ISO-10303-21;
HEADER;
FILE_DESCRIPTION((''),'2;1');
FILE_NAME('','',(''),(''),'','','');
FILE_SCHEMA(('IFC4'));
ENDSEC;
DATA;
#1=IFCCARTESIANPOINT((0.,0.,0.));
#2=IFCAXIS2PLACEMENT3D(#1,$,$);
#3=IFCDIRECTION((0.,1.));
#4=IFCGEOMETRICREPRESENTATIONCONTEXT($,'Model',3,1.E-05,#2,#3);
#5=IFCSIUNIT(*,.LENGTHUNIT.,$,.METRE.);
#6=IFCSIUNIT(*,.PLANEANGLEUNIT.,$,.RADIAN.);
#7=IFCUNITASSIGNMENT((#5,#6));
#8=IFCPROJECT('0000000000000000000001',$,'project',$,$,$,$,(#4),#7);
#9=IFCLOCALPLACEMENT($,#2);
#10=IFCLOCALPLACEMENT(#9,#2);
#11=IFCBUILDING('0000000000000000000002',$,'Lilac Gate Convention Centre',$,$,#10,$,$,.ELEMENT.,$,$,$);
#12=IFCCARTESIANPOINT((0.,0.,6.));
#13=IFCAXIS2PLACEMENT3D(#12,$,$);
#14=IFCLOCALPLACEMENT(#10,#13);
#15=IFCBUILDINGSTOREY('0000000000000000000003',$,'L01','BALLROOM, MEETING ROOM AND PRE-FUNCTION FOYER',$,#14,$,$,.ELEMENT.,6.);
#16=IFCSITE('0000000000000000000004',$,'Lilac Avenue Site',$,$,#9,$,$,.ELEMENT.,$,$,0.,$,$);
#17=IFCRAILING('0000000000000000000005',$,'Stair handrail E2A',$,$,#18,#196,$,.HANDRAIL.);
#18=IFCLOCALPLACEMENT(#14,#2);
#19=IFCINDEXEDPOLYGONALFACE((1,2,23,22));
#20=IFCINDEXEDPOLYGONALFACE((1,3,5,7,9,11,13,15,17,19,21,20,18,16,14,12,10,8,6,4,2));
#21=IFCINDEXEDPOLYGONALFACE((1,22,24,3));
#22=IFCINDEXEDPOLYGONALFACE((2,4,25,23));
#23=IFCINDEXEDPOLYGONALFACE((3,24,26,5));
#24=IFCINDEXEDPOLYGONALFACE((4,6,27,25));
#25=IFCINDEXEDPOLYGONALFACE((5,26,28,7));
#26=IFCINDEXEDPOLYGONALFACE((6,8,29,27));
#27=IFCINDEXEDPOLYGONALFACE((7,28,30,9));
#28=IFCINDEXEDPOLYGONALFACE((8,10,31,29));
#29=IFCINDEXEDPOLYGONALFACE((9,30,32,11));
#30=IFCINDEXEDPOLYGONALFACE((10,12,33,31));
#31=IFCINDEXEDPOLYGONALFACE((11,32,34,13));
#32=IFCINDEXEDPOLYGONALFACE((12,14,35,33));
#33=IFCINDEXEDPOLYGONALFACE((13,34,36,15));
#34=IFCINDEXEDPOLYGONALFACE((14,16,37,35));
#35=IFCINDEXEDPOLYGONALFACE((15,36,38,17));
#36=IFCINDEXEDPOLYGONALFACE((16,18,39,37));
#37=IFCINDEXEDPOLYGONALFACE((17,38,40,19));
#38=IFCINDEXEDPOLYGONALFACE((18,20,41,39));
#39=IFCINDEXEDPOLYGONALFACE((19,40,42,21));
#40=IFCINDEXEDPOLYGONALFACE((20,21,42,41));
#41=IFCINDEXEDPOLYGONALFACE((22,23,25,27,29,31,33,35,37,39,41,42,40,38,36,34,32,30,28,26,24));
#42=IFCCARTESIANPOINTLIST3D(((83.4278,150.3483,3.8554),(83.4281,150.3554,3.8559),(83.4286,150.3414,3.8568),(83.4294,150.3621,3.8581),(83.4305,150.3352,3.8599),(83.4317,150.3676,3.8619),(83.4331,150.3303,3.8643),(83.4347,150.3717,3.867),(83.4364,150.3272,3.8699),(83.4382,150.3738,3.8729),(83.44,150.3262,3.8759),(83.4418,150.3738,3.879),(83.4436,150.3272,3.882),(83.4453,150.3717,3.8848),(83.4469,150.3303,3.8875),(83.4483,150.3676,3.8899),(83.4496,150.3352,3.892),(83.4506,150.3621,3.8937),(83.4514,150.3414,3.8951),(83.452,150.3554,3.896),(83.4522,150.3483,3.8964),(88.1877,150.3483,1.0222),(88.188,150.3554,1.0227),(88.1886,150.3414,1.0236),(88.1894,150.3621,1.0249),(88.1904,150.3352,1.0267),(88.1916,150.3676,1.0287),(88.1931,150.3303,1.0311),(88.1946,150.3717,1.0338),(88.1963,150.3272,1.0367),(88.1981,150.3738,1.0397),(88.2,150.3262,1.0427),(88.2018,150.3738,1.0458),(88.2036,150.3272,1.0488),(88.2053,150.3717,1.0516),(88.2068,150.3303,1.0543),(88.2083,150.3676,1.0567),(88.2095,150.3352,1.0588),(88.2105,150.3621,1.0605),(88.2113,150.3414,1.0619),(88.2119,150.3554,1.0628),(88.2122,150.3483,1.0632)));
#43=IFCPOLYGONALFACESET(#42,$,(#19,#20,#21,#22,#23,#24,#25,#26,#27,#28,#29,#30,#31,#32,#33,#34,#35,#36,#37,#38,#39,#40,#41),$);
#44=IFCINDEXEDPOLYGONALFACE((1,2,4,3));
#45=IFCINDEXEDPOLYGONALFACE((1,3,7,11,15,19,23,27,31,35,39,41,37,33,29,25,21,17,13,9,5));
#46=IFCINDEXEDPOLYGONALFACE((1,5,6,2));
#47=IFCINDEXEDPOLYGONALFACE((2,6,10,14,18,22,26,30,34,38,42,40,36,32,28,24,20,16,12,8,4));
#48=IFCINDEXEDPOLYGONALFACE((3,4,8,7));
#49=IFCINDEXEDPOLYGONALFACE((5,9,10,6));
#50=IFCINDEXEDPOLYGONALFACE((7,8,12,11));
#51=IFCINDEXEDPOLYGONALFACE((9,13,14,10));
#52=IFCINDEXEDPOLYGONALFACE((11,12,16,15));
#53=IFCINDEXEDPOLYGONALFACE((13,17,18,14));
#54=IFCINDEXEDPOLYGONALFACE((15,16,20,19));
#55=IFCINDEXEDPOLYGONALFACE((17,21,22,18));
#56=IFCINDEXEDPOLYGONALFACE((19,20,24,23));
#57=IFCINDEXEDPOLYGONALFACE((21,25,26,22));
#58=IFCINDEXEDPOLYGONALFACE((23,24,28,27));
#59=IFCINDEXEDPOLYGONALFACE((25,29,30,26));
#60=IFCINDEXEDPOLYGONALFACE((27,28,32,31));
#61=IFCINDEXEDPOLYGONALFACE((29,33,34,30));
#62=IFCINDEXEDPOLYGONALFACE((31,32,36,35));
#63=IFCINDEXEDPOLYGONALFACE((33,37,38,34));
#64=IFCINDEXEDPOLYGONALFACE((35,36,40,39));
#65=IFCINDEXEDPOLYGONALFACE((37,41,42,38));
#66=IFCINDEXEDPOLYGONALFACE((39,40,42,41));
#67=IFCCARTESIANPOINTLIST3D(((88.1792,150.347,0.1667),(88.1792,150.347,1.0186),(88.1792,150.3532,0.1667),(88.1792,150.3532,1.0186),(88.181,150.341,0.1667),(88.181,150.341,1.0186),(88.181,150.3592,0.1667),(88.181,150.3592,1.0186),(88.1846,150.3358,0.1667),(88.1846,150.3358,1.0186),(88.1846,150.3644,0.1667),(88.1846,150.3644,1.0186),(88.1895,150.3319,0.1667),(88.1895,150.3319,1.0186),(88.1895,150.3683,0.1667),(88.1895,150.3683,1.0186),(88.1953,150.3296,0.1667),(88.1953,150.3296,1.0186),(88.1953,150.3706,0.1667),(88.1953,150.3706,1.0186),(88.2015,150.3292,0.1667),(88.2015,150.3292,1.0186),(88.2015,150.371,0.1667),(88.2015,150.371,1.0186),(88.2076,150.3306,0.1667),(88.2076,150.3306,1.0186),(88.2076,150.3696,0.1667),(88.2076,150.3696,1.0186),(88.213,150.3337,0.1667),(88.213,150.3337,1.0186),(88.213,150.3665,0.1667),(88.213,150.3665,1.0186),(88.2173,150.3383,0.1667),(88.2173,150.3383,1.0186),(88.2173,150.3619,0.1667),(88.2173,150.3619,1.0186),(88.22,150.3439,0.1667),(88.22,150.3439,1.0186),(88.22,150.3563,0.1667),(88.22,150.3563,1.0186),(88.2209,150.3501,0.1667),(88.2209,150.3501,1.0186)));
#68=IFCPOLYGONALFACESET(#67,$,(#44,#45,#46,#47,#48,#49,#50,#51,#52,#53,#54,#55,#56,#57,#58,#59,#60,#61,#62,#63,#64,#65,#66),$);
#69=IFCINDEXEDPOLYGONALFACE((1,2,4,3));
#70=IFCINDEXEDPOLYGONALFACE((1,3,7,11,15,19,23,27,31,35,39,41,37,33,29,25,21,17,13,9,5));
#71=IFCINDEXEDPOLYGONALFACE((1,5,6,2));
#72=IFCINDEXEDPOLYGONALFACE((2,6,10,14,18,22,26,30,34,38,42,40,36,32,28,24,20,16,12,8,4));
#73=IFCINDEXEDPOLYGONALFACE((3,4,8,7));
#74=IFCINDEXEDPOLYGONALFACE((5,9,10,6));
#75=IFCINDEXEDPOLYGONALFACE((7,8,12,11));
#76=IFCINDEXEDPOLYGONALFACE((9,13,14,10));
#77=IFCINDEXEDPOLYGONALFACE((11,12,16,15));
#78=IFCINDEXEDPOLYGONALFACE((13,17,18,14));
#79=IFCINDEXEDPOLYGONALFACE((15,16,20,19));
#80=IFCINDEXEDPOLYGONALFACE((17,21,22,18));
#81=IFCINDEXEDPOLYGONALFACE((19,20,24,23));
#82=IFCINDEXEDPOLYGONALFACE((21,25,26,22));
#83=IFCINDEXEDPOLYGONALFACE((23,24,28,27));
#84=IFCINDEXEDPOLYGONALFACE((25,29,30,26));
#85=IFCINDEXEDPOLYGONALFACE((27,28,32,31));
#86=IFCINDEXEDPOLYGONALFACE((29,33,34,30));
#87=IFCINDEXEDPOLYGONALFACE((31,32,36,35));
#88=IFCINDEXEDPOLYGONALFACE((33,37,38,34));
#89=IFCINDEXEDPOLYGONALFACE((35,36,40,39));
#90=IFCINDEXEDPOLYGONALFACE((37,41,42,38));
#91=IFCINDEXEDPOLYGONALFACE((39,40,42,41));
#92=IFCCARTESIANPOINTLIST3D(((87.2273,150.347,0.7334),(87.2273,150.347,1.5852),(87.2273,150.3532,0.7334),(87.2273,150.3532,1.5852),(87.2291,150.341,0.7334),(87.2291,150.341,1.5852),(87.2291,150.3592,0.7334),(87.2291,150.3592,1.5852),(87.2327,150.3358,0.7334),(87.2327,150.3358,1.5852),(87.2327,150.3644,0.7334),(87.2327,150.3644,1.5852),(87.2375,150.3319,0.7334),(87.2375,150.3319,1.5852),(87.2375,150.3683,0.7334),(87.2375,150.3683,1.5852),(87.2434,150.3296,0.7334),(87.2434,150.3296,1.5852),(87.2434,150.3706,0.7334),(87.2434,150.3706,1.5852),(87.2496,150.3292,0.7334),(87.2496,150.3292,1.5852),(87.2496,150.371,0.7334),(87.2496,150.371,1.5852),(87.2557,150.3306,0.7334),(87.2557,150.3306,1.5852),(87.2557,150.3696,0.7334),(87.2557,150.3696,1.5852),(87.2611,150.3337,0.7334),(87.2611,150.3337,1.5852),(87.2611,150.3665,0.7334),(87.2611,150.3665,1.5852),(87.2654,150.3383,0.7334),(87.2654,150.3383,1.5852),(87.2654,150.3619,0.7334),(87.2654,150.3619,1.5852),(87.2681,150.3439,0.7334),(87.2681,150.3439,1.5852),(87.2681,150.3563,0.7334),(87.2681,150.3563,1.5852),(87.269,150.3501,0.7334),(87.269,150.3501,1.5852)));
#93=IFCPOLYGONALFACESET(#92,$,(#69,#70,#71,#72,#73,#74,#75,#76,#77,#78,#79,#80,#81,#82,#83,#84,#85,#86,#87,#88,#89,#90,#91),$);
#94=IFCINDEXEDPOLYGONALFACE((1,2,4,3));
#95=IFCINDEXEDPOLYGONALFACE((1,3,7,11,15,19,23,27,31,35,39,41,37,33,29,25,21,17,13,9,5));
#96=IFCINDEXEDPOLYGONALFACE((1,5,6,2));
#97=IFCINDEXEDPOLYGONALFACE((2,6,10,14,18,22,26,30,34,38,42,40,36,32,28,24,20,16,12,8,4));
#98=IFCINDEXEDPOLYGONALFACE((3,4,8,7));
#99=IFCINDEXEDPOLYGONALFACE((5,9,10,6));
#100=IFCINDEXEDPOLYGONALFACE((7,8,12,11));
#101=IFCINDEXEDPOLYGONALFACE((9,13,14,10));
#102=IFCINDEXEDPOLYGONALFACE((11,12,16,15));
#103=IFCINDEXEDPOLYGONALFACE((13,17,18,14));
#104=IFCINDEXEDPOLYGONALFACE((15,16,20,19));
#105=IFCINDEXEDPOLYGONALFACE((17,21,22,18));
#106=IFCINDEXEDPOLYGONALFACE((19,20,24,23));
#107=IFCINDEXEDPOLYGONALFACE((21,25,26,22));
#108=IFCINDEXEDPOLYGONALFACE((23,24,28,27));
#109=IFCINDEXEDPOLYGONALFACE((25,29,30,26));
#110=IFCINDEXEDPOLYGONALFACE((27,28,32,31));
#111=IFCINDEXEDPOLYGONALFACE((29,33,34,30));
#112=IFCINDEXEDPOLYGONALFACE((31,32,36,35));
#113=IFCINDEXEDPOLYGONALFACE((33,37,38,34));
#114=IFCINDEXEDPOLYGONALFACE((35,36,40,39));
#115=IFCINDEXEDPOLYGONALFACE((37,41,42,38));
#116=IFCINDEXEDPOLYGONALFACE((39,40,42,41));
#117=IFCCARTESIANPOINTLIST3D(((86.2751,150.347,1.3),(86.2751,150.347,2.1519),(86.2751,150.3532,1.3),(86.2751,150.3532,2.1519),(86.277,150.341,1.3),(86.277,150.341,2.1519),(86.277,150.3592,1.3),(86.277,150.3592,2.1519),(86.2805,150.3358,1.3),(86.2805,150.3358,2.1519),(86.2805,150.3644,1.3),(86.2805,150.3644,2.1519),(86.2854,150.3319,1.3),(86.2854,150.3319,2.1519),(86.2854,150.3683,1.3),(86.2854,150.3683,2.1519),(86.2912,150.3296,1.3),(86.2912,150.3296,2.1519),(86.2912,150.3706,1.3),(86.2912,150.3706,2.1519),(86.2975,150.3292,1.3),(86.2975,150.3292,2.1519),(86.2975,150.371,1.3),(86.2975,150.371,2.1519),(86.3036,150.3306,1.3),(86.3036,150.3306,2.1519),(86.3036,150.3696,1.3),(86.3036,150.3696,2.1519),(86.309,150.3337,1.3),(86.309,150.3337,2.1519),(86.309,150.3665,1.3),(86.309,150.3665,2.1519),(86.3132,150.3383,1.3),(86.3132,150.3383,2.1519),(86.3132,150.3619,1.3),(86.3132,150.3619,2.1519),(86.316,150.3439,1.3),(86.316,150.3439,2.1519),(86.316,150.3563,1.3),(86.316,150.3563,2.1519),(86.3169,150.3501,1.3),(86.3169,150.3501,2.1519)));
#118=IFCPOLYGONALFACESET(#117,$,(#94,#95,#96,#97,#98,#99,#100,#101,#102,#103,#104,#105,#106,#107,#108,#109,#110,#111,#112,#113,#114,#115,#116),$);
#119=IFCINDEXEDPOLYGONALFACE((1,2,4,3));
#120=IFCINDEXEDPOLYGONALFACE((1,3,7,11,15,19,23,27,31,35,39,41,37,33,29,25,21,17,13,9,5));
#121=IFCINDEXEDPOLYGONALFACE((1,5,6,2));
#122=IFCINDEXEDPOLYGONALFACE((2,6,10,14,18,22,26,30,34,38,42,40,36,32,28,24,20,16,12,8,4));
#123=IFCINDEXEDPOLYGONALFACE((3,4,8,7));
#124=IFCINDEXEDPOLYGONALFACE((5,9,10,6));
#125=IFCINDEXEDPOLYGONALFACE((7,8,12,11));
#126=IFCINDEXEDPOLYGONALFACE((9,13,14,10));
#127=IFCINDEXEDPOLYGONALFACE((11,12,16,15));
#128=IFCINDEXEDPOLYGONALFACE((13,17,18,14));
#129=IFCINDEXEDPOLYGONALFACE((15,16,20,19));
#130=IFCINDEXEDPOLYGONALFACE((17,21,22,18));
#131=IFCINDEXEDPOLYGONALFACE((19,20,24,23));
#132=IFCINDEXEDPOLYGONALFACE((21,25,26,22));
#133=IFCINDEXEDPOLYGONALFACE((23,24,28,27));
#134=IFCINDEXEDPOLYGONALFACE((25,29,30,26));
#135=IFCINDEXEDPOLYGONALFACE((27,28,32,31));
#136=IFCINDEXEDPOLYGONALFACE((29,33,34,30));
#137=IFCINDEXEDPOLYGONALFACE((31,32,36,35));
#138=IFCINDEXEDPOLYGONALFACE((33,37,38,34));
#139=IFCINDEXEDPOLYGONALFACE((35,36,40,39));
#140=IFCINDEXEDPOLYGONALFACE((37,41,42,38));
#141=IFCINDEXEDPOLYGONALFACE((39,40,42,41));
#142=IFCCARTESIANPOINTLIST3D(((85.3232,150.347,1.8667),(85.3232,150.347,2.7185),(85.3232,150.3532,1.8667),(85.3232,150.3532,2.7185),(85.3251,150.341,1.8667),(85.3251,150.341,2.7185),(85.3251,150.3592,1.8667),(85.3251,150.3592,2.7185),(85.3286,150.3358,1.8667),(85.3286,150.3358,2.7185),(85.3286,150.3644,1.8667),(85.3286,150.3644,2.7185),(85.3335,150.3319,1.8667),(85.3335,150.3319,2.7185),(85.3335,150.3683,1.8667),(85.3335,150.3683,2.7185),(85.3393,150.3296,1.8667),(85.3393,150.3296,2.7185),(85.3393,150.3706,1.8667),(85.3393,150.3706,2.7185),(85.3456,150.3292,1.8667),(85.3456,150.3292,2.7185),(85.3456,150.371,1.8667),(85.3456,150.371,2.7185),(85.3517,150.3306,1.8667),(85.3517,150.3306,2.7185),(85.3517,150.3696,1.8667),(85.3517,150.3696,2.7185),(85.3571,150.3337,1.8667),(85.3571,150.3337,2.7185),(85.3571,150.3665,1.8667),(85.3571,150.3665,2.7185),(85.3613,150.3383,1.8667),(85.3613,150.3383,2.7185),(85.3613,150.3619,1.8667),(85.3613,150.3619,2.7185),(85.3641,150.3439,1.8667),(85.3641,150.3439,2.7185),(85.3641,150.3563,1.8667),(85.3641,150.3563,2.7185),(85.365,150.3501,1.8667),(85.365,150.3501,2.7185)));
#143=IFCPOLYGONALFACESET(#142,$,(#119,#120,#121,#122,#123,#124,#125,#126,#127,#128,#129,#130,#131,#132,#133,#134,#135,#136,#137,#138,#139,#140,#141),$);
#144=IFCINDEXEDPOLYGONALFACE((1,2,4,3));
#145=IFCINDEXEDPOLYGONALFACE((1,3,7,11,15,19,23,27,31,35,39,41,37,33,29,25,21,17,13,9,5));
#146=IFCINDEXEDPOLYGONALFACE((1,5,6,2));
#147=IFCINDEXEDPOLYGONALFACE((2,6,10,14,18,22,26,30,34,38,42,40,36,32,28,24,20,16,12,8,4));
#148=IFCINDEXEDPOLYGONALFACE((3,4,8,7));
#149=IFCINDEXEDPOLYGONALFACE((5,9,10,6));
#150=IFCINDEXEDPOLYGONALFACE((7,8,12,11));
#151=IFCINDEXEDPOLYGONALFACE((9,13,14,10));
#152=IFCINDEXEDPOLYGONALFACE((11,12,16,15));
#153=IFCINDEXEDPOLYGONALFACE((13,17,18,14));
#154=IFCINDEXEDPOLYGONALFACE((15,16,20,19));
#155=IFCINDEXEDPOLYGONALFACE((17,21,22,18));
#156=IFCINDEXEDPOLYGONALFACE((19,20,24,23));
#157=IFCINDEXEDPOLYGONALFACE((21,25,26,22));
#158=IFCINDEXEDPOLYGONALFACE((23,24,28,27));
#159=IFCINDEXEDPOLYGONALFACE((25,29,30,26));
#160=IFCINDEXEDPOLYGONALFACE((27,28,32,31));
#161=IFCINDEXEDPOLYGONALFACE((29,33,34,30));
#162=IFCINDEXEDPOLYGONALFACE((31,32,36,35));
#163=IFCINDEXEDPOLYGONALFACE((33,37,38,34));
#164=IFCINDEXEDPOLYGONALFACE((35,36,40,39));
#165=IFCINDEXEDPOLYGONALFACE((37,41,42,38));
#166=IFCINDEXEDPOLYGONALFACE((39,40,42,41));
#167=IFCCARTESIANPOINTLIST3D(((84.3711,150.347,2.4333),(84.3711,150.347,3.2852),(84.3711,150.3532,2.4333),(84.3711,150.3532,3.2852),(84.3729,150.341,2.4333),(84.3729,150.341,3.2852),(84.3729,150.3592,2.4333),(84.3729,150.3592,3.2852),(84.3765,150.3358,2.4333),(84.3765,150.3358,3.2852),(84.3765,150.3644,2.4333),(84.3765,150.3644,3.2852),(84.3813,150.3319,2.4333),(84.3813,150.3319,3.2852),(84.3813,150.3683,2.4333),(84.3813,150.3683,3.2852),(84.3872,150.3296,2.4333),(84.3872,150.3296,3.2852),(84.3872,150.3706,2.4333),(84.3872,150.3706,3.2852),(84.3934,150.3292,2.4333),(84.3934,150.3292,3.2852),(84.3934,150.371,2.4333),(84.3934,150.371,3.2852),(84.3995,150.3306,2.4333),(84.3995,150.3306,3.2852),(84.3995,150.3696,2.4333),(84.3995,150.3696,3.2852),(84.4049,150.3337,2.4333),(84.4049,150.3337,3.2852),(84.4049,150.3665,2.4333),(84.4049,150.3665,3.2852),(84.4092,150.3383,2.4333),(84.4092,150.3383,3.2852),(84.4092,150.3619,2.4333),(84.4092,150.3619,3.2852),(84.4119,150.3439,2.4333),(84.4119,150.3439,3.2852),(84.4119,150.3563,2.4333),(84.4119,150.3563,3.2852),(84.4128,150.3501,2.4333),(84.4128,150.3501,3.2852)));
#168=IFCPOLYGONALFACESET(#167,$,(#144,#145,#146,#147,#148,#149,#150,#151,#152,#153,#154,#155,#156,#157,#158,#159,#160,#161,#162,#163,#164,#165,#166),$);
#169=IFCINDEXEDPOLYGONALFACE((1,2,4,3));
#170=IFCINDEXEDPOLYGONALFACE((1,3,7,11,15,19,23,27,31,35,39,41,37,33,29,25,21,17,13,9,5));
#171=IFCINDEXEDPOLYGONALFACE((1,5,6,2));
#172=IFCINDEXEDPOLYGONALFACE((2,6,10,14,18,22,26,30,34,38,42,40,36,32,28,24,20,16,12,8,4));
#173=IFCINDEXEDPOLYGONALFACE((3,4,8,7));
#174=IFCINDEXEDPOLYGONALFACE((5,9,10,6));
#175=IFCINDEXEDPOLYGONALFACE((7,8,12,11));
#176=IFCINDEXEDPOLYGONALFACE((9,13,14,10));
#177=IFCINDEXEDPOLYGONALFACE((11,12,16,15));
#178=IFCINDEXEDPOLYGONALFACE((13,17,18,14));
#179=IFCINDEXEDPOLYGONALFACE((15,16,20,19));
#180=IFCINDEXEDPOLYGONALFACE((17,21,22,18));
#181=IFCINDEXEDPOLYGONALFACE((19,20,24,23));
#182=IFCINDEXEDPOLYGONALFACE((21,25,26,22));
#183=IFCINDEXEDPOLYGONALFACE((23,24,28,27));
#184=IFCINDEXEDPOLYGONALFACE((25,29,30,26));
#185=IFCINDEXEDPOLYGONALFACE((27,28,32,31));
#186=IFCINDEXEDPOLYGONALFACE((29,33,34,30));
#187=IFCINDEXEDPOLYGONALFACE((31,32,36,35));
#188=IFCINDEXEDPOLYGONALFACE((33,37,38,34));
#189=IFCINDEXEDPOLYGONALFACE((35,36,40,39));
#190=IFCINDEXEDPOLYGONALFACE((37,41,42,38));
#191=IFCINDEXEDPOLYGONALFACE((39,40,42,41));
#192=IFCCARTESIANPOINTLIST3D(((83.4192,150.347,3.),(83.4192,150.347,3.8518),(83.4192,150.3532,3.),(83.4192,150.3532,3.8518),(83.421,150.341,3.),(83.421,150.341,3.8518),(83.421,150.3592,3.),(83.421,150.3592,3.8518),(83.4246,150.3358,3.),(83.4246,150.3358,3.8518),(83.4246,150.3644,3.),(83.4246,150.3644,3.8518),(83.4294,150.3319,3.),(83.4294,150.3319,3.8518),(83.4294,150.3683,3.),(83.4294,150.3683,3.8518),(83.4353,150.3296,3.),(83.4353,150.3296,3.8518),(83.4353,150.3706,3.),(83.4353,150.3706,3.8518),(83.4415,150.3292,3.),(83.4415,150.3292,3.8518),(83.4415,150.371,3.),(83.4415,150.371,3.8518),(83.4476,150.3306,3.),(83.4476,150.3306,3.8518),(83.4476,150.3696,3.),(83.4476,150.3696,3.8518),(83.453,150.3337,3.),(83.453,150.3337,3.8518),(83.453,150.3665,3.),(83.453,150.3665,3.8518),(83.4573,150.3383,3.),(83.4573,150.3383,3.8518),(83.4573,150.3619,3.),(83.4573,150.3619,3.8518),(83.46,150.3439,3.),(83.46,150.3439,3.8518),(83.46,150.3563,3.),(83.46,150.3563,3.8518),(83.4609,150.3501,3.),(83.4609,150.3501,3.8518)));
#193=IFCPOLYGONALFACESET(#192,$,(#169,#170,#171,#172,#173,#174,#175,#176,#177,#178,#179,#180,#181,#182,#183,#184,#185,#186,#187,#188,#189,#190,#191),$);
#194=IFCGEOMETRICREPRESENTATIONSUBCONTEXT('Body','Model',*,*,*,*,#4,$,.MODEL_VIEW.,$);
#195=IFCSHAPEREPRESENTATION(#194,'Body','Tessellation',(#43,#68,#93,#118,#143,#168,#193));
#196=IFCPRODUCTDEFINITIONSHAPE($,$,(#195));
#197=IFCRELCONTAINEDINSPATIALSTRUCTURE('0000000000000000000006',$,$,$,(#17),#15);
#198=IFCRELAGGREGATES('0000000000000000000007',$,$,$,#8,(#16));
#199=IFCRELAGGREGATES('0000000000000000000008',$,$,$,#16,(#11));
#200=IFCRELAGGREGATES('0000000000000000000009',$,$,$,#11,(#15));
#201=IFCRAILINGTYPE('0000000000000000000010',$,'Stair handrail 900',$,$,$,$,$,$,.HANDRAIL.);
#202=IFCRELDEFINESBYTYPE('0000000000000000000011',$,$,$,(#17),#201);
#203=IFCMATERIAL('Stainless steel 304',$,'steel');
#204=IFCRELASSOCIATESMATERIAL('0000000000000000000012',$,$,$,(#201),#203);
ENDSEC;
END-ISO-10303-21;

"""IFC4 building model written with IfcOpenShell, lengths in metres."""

from ifc_helpers import new_model, si_unit, direction, frame, origin, origin_2d, place, context, subcontext, project, spatial, circle, extrude, material, type_object, element, save


model = new_model("IFC4")

# Units and contexts
model_context = context("Model", 3, precision=1e-05, world=origin(), true_north=direction((0.0, 1.0)))
body_context = subcontext(model_context, "Body", "Model", "MODEL_VIEW")
ifc_project = project(units=[si_unit("LENGTHUNIT", "METRE"), si_unit("PLANEANGLEUNIT", "RADIAN")], contexts=[model_context])

# Site, building, storey
site_placement = place(None, origin())
site = spatial("IfcSite", under=ifc_project, at=site_placement, Name="Lilac Avenue Site", CompositionType="ELEMENT", RefElevation=0.0)
building_placement = place(site_placement, origin())
building = spatial("IfcBuilding", under=site, at=building_placement, Name="Lilac Gate Convention Centre", CompositionType="ELEMENT")
storey_placement = place(building_placement, frame((0.0, 0.0, 6.0)))
storey = spatial("IfcBuildingStorey", under=building, at=storey_placement, Name="L01", Description="BALLROOM, MEETING ROOM AND PRE-FUNCTION FOYER", CompositionType="ELEMENT", Elevation=6.0)

# Shared definitions
ifc_material_1 = material(Name="Stainless steel 304", Category="steel")

# Railing
railing_type = type_object("IfcRailingType", Name="Stair handrail 900", PredefinedType="HANDRAIL", material=ifc_material_1)
for number, where, name in (
    (1, (88.2, 150.3501, 0.1667), "Stair handrail E2A"),
):
    element("IfcRailing", number, at=place(storey_placement, frame(where)), inside=storey, type_object=railing_type, Name=name, PredefinedType="HANDRAIL", context=body_context, shape_type="SweptSolid", body=[
        extrude(circle(Radius=0.0239, at=origin_2d()), frame((0.0, 0.0, 0.876), z_axis=(-0.8593, 0.0, 0.511472), x_axis=(0.0, -1.0, 0.0)), (0.0, 0.0, 1.0), 5.5393),
        extrude(circle(Radius=0.021, at=origin_2d()), origin(), (0.0, 0.0, 1.0), 0.8518),
        extrude(circle(Radius=0.021, at=origin_2d()), frame((-0.9519, 0.0, 0.5667)), (0.0, 0.0, 1.0), 0.8518),
        extrude(circle(Radius=0.021, at=origin_2d()), frame((-1.9041, 0.0, 1.1333)), (0.0, 0.0, 1.0), 0.8518),
        extrude(circle(Radius=0.021, at=origin_2d()), frame((-2.856, 0.0, 1.7)), (0.0, 0.0, 1.0), 0.8518),
        extrude(circle(Radius=0.021, at=origin_2d()), frame((-3.8081, 0.0, 2.2666)), (0.0, 0.0, 1.0), 0.8518),
        extrude(circle(Radius=0.021, at=origin_2d()), frame((-4.76, 0.0, 2.8333)), (0.0, 0.0, 1.0), 0.8518),
    ])

save(model, "model.ifc")
